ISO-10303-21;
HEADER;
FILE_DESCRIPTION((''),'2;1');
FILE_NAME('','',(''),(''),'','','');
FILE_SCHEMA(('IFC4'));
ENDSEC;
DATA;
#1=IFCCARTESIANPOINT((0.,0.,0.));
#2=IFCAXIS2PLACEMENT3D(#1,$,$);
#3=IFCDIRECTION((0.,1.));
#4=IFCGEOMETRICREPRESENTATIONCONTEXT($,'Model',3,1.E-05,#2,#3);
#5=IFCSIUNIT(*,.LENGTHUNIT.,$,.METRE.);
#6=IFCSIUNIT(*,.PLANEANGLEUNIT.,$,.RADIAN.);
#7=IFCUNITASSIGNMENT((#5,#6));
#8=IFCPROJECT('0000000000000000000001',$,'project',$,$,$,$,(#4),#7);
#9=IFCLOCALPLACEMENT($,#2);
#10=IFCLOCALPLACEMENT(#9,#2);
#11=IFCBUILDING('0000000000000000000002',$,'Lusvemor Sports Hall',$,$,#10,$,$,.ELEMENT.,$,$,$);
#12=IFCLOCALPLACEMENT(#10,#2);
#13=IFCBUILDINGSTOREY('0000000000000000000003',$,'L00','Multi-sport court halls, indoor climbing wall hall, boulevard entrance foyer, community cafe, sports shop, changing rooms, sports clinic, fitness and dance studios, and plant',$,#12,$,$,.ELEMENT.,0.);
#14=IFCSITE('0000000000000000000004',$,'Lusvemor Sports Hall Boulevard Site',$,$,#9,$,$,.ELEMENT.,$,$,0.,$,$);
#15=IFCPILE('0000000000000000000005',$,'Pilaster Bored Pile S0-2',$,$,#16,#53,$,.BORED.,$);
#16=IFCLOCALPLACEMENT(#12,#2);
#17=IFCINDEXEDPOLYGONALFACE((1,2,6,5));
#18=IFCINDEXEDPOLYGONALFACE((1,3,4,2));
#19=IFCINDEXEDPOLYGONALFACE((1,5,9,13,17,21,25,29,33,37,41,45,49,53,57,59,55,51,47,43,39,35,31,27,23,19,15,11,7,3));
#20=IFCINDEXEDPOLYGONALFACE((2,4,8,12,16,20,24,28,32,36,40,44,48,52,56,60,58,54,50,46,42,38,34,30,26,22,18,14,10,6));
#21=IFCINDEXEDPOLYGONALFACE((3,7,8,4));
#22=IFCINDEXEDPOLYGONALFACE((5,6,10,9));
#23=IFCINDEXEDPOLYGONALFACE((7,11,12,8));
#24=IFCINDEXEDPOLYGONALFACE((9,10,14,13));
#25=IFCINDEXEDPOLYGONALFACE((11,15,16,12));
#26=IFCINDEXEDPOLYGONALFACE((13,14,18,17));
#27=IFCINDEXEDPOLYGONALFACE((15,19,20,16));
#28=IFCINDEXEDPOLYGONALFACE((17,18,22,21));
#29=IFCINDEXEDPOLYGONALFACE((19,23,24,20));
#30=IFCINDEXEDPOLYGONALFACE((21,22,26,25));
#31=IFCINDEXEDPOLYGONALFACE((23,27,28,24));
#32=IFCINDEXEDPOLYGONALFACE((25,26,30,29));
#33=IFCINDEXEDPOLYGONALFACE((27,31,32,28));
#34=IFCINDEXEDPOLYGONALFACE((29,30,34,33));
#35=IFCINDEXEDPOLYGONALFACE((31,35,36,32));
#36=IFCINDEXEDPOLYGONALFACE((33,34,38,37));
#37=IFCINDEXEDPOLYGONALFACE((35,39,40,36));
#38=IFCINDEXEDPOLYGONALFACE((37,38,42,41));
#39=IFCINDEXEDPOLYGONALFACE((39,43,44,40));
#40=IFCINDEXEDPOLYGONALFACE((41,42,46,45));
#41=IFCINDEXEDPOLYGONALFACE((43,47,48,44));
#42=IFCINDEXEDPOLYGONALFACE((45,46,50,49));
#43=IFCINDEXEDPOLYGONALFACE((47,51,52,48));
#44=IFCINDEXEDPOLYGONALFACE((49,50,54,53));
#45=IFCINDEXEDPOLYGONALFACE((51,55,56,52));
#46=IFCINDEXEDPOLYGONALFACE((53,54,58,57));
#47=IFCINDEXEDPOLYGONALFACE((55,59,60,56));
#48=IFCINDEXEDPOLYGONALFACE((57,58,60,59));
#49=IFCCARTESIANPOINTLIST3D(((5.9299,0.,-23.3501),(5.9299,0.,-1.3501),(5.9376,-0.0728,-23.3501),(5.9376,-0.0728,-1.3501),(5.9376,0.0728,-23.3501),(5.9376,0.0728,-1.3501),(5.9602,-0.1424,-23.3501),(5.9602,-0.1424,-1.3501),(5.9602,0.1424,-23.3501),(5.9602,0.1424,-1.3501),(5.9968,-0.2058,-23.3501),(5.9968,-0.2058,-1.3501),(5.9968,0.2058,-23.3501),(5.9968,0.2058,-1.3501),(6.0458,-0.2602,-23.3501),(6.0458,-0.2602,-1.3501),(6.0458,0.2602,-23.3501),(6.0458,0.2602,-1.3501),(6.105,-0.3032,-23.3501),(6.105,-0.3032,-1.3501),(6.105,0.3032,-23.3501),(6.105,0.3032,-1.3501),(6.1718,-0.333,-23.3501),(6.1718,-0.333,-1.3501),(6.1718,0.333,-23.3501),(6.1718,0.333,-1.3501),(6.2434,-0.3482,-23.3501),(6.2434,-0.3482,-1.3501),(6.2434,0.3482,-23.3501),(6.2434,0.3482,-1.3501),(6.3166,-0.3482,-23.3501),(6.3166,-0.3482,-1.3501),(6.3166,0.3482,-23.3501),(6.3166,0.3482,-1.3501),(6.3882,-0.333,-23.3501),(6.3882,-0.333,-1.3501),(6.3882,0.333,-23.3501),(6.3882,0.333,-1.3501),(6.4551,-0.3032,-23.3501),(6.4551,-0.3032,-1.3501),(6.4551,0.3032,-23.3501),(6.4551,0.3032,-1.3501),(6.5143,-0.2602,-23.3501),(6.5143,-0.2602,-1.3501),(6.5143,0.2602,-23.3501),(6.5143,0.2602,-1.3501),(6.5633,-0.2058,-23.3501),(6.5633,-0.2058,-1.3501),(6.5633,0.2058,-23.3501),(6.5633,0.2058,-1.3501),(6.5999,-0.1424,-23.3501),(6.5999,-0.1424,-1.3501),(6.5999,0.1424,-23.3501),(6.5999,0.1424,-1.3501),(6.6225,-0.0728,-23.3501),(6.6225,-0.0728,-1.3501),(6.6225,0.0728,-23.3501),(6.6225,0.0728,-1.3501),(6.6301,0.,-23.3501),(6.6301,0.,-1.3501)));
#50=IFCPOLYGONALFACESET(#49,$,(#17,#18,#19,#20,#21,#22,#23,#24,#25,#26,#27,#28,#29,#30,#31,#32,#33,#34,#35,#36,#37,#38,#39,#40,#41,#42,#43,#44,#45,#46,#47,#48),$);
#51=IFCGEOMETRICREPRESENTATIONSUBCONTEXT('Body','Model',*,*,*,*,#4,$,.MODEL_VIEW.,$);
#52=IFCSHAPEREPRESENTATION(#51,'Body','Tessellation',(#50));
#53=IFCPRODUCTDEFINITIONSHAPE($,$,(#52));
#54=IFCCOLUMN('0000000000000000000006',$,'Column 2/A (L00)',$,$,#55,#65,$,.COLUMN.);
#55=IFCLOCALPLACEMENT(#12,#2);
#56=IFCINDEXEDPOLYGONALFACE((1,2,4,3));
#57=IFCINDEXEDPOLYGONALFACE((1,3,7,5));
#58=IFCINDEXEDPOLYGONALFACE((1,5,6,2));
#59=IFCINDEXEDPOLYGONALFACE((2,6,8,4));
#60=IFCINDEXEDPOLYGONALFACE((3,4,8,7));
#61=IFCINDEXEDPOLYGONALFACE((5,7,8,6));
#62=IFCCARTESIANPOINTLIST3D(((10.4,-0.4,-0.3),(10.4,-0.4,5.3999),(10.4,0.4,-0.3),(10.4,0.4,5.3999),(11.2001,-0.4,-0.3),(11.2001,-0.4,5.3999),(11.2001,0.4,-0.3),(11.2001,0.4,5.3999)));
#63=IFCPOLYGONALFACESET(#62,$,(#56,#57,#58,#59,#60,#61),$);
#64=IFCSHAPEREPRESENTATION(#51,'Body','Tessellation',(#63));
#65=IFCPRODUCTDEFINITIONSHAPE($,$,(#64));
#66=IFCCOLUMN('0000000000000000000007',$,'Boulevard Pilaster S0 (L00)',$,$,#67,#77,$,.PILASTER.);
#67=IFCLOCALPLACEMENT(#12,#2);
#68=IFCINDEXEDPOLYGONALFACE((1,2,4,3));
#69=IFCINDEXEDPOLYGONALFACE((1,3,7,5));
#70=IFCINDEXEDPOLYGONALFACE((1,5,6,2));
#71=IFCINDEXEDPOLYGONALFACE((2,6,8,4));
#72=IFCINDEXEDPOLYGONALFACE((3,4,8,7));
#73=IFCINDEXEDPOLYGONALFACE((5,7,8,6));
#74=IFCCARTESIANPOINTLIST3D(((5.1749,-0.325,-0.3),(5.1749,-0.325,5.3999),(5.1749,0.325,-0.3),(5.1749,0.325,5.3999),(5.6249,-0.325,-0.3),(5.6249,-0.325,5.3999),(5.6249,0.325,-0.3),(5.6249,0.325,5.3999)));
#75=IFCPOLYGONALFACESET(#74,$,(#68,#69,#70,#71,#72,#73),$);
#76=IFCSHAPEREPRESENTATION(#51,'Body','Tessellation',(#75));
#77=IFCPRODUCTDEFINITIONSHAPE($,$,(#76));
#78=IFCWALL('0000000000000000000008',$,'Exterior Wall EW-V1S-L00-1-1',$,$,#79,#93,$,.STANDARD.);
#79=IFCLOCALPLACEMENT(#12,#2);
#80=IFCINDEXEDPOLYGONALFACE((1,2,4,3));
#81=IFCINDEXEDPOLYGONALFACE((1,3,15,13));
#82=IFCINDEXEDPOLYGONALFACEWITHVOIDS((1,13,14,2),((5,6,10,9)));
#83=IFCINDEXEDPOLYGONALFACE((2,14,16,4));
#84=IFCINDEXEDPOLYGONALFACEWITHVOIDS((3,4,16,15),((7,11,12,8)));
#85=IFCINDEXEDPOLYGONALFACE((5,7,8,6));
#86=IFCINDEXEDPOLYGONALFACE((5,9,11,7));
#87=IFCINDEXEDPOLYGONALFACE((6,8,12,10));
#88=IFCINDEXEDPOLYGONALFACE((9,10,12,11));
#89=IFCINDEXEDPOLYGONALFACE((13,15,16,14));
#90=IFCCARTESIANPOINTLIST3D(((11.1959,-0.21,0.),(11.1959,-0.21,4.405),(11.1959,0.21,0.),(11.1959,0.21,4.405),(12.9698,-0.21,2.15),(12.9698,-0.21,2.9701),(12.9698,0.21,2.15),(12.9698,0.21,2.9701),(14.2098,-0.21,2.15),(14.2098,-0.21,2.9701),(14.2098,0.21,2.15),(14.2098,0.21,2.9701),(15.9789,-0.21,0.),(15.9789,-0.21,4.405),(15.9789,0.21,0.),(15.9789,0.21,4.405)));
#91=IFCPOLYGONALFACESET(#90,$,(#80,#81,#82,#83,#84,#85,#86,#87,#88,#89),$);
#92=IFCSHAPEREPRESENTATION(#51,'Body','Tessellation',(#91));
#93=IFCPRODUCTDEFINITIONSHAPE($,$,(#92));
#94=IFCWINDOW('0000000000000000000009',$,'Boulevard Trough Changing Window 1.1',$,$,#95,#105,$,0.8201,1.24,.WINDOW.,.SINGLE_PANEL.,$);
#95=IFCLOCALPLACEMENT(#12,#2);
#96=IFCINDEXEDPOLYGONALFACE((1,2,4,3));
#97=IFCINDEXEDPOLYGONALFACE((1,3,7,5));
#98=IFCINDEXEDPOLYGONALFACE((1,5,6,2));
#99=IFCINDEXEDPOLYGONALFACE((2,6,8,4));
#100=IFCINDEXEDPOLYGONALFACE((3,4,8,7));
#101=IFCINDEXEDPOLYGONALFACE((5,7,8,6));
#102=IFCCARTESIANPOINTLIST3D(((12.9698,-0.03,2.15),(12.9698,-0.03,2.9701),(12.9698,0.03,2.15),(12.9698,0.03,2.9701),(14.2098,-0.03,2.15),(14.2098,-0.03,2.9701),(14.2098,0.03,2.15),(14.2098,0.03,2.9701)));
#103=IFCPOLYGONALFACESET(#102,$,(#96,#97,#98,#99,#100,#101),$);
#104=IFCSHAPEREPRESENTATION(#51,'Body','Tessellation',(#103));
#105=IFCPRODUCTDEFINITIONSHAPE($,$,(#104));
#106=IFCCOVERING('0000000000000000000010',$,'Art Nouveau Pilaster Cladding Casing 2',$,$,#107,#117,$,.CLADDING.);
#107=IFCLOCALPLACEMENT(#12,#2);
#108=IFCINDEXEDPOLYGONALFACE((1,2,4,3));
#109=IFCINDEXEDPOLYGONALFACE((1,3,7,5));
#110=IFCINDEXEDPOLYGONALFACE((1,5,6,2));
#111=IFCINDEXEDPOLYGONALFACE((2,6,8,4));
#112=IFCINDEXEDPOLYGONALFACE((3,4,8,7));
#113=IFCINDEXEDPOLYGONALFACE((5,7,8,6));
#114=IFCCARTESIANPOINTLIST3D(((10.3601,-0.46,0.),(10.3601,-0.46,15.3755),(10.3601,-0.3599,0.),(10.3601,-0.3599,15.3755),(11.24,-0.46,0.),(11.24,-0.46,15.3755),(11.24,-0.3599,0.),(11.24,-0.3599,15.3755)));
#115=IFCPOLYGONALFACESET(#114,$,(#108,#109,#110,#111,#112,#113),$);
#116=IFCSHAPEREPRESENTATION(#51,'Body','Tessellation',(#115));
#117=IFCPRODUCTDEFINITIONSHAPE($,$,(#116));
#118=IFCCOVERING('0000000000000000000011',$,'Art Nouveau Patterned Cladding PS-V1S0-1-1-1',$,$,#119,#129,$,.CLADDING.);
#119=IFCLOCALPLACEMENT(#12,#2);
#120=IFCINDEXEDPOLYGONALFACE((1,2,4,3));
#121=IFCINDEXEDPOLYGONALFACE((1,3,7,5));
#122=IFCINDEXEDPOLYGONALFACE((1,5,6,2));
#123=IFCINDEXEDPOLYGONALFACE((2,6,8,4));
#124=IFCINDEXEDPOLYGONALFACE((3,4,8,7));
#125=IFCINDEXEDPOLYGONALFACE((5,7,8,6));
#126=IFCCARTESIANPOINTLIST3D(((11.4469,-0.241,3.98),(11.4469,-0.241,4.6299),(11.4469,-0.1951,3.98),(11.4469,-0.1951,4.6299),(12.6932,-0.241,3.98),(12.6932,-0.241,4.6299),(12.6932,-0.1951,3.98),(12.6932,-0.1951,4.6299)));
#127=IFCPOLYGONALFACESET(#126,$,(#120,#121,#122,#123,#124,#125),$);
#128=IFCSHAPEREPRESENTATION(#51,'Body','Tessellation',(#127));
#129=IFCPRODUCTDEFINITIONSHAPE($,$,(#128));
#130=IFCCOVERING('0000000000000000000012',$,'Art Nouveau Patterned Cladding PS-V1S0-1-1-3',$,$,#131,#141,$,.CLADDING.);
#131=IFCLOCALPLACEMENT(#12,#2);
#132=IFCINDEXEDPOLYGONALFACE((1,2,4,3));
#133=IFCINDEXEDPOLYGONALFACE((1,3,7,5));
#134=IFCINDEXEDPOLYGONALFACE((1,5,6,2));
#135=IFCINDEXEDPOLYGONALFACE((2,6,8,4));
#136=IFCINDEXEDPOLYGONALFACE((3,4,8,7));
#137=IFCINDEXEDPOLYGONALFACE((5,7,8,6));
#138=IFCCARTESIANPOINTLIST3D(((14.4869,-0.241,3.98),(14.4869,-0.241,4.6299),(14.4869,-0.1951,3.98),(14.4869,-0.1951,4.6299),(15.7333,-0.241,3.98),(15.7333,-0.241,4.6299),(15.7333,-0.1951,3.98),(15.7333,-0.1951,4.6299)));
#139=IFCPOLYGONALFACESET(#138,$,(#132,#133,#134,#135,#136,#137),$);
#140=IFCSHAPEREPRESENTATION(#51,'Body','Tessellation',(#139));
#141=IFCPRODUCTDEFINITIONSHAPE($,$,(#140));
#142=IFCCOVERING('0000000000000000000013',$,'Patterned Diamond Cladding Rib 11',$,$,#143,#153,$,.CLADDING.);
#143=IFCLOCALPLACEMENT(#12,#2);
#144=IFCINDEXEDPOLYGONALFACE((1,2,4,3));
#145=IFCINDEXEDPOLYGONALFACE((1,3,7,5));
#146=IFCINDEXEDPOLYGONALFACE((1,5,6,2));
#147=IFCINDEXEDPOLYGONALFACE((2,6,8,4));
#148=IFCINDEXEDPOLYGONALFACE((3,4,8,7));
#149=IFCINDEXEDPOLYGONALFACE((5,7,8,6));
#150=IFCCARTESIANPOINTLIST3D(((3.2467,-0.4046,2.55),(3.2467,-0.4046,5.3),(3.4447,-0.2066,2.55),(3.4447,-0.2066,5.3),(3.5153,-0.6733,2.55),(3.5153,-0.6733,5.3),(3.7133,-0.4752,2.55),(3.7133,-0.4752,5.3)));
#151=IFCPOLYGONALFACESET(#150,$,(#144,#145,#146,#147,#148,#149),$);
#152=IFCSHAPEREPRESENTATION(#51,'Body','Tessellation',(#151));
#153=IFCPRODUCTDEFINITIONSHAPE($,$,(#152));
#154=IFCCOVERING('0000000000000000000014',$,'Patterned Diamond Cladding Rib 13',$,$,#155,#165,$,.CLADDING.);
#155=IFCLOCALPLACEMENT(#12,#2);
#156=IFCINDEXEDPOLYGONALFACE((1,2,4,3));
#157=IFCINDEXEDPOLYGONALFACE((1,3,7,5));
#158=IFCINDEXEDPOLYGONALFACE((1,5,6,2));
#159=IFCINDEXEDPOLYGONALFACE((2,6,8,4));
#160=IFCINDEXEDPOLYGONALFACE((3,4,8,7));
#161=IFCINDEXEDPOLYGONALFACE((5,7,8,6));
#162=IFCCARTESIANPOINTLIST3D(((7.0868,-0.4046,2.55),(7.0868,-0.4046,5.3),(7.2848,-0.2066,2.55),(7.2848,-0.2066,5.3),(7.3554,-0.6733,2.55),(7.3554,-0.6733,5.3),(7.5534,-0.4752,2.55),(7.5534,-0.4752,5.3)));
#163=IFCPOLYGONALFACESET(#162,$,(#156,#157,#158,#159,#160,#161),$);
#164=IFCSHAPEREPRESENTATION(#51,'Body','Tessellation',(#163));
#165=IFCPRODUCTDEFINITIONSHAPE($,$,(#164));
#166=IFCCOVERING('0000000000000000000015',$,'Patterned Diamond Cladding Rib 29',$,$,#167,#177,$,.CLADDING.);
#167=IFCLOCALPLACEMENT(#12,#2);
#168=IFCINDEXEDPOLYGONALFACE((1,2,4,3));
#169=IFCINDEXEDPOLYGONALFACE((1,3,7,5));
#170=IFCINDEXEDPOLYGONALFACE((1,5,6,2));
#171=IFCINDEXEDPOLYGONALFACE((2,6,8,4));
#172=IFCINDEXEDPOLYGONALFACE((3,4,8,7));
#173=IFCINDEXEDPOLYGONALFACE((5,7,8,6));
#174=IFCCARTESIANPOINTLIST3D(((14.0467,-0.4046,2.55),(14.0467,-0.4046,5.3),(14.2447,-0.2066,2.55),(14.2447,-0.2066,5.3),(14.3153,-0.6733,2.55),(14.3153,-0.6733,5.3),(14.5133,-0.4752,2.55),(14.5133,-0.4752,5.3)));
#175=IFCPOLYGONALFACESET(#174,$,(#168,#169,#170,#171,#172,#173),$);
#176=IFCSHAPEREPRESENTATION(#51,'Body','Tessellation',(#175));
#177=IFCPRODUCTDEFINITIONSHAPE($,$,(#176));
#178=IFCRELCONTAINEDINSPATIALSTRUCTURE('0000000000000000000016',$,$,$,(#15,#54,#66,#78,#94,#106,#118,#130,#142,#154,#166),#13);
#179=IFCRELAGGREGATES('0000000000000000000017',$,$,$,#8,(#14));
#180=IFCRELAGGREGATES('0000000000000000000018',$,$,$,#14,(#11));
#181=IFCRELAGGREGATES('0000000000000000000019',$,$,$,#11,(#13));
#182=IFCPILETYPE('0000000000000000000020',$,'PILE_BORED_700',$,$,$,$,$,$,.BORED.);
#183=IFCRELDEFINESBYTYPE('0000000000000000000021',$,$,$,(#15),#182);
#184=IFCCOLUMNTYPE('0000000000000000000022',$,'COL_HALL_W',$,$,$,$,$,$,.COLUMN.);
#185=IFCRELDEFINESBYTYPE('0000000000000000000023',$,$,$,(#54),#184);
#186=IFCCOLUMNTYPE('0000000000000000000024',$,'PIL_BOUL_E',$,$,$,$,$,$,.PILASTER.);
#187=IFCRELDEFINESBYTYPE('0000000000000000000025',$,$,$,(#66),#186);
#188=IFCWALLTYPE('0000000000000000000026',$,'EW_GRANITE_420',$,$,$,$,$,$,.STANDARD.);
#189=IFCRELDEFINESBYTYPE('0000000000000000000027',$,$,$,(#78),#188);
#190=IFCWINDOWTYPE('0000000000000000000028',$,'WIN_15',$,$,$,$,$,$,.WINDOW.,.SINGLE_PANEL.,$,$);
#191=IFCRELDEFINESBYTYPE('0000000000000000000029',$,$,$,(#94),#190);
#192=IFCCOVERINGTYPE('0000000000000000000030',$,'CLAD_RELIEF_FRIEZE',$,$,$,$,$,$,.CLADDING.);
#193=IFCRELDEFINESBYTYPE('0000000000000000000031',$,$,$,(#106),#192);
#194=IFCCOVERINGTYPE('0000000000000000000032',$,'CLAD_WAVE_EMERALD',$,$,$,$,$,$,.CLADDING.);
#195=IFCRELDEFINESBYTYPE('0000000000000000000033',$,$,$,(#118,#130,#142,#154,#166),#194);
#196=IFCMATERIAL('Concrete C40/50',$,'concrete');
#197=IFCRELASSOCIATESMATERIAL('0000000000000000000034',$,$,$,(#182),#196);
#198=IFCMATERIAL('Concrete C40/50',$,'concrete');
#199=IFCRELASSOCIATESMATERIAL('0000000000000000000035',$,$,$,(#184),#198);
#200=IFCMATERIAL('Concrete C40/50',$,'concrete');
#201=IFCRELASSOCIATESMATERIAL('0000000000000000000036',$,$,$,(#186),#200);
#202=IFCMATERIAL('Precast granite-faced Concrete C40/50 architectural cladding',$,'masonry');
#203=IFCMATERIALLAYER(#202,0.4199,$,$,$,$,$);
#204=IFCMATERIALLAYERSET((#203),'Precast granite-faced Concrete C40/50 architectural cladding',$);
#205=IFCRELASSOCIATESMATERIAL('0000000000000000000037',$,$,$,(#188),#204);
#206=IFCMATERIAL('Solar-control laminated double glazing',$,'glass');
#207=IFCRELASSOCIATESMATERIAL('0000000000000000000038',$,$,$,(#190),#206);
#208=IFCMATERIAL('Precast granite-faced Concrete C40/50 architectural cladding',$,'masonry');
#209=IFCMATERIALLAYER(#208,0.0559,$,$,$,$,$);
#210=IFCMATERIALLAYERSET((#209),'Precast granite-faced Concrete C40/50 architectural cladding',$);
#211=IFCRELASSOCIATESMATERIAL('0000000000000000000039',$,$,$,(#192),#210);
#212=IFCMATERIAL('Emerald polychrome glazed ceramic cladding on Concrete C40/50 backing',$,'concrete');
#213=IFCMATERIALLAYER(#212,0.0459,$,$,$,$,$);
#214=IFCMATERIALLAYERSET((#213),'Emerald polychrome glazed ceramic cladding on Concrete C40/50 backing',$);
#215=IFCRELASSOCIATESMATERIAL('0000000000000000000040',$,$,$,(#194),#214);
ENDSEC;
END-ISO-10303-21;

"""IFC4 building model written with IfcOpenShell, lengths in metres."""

from ifc_helpers import new_model, si_unit, direction, frame, frame_2d, origin, origin_2d, place, context, subcontext, project, spatial, rectangle, circle, extrude, material, layer, layer_set, material_profile, profile_set, type_object, element, fill, save


model = new_model("IFC4")

# Units and contexts
model_context = context("Model", 3, precision=1e-05, world=origin(), true_north=direction((0.0, 1.0)))
body_context = subcontext(model_context, "Body", "Model", "MODEL_VIEW")
ifc_project = project(units=[si_unit("LENGTHUNIT", "METRE"), si_unit("PLANEANGLEUNIT", "RADIAN")], contexts=[model_context])

# Site, building, storey
site_placement = place(None, origin())
site = spatial("IfcSite", under=ifc_project, at=site_placement, Name="Lusvemor Sports Hall Boulevard Site", CompositionType="ELEMENT", RefElevation=0.0)
building_placement = place(site_placement, origin())
building = spatial("IfcBuilding", under=site, at=building_placement, Name="Lusvemor Sports Hall", CompositionType="ELEMENT")
storey_placement = place(building_placement, origin())
storey = spatial("IfcBuildingStorey", under=building, at=storey_placement, Name="L00", Description="Multi-sport court halls, indoor climbing wall hall, boulevard entrance foyer, community cafe, sports shop, changing rooms, sports clinic, fitness and dance studios, and plant", CompositionType="ELEMENT", Elevation=0.0)

# Pile
ifc_material_1 = material(Name="Concrete C40/50", Category="concrete")
ifc_material_profile_1 = material_profile(ifc_material_1, circle(Radius=0.3501, at=origin_2d()), Name="PILE700")
ifc_profile_set_1 = profile_set([ifc_material_profile_1], Name="Concrete C40/50")
pile_type = type_object("IfcPileType", Name="PILE_BORED_700", PredefinedType="BORED", material=ifc_profile_set_1)
for number, where, z_axis, x_axis, name in (
    (1, (6.28, 0.0, -1.3501), (0.0, 0.0, -1.0), (1.0, 0.0, 0.0), "Pilaster Bored Pile S0-2"),
):
    element("IfcPile", number, at=place(storey_placement, frame(where, z_axis=z_axis, x_axis=x_axis)), inside=storey, type_object=pile_type, Name=name, PredefinedType="BORED", context=body_context, shape_type="SweptSolid", body=[
        extrude(circle(Radius=0.3501, at=origin_2d()), origin(), (0.0, 0.0, 1.0), 22.0),
    ])

# Columns
ifc_material_2 = material(Name="Concrete C40/50", Category="concrete")
ifc_material_profile_2 = material_profile(ifc_material_2, rectangle(XDim=0.8, YDim=0.8, at=origin_2d()), Name="RC800x800")
ifc_profile_set_2 = profile_set([ifc_material_profile_2], Name="Concrete C40/50")
column_type_1 = type_object("IfcColumnType", Name="COL_HALL_W", PredefinedType="COLUMN", material=ifc_profile_set_2)
column_1_placement = place(storey_placement, frame((10.8, 0.0, -0.3), z_axis=(0.0, 0.0, 1.0), x_axis=(1.0, 0.0, 0.0)))
element("IfcColumn", 2, at=column_1_placement, inside=storey, type_object=column_type_1, Name="Column 2/A (L00)", PredefinedType="COLUMN", context=body_context, shape_type="SweptSolid", body=[
    extrude(rectangle(XDim=0.8, YDim=0.8, at=origin_2d()), origin(), (0.0, 0.0, 1.0), 5.7),
])
ifc_material_3 = material(Name="Concrete C40/50", Category="concrete")
ifc_material_profile_3 = material_profile(ifc_material_3, rectangle(XDim=0.45, YDim=0.6499, at=origin_2d()), Name="RC450x650")
ifc_profile_set_3 = profile_set([ifc_material_profile_3], Name="Concrete C40/50")
column_type_2 = type_object("IfcColumnType", Name="PIL_BOUL_E", PredefinedType="PILASTER", material=ifc_profile_set_3)
column_2_placement = place(storey_placement, frame((5.3999, 0.0, -0.3), z_axis=(0.0, 0.0, 1.0), x_axis=(1.0, 0.0, 0.0)))
element("IfcColumn", 3, at=column_2_placement, inside=storey, type_object=column_type_2, Name="Boulevard Pilaster S0 (L00)", PredefinedType="PILASTER", context=body_context, shape_type="SweptSolid", body=[
    extrude(rectangle(XDim=0.45, YDim=0.6499, at=origin_2d()), origin(), (0.0, 0.0, 1.0), 5.7),
])

# Wall, opening, window
ifc_material_4 = material(Name="Precast granite-faced Concrete C40/50 architectural cladding", Category="masonry")
ifc_layer_1 = layer(ifc_material_4, 0.4199)
ifc_layer_set_1 = layer_set([ifc_layer_1], Name="Precast granite-faced Concrete C40/50 architectural cladding")
wall_type_1 = type_object("IfcWallType", Name="EW_GRANITE_420", PredefinedType="STANDARD", material=ifc_layer_set_1)
wall_1_placement = place(storey_placement, frame((15.979, 0.0, 0.0), z_axis=(0.0, 0.0, 1.0), x_axis=(-1.0, 0.0, 0.0)))
wall_1 = element("IfcWall", 4, at=wall_1_placement, inside=storey, type_object=wall_type_1, Name="Exterior Wall EW-V1S-L00-1-1", PredefinedType="STANDARD", context=body_context, shape_type="SweptSolid", body=[
    extrude(rectangle(XDim=4.783, YDim=0.4199, at=frame_2d((2.3916, 0.0))), origin(), (0.0, 0.0, 1.0), 4.405),
])
opening_1_placement = place(wall_1_placement, frame((1.769, 0.0, 2.1499)))
opening_1 = element("IfcOpeningElement", 5, at=opening_1_placement, cuts=wall_1, PredefinedType="OPENING", context=body_context, shape_type="SweptSolid", body=[
    extrude(rectangle(XDim=1.24, YDim=0.8201, at=frame_2d((0.6201, 0.4102))), frame((0.0, 0.21, 0.0), z_axis=(0.0, -1.0, 0.0), x_axis=(1.0, 0.0, 0.0)), (0.0, 0.0, 1.0), 0.4199),
])
ifc_material_5 = material(Name="Solar-control laminated double glazing", Category="glass")
window_type = type_object("IfcWindowType", Name="WIN_15", PartitioningType="SINGLE_PANEL", PredefinedType="WINDOW", material=ifc_material_5)
window_placement = place(opening_1_placement, origin())
window = element("IfcWindow", 6, at=window_placement, inside=storey, type_object=window_type, Name="Boulevard Trough Changing Window 1.1", OverallHeight=0.8201, OverallWidth=1.24, PartitioningType="SINGLE_PANEL", PredefinedType="WINDOW", context=body_context, shape_type="SweptSolid", body=[
    extrude(rectangle(XDim=1.24, YDim=0.8201, at=frame_2d((0.6201, 0.4102))), frame((0.0, 0.03, 0.0), z_axis=(0.0, -1.0, 0.0), x_axis=(1.0, 0.0, 0.0)), (0.0, 0.0, 1.0), 0.0601),
])
fill(opening_1, window)

# Coverings
ifc_material_6 = material(Name="Precast granite-faced Concrete C40/50 architectural cladding", Category="masonry")
ifc_layer_2 = layer(ifc_material_6, 0.0559)
ifc_layer_set_2 = layer_set([ifc_layer_2], Name="Precast granite-faced Concrete C40/50 architectural cladding")
covering_type_1 = type_object("IfcCoveringType", Name="CLAD_RELIEF_FRIEZE", PredefinedType="CLADDING", material=ifc_layer_set_2)
covering_1_placement = place(storey_placement, frame((10.8, -0.4099, 0.0), z_axis=(0.0, 0.0, 1.0), x_axis=(1.0, 0.0, 0.0)))
element("IfcCovering", 7, at=covering_1_placement, inside=storey, type_object=covering_type_1, Name="Art Nouveau Pilaster Cladding Casing 2", PredefinedType="CLADDING", context=body_context, shape_type="SweptSolid", body=[
    extrude(rectangle(XDim=0.8799, YDim=0.1001, at=origin_2d()), origin(), (0.0, 0.0, 1.0), 15.3755),
])
ifc_material_7 = material(Name="Emerald polychrome glazed ceramic cladding on Concrete C40/50 backing", Category="concrete")
ifc_layer_3 = layer(ifc_material_7, 0.0459)
ifc_layer_set_3 = layer_set([ifc_layer_3], Name="Emerald polychrome glazed ceramic cladding on Concrete C40/50 backing")
covering_type_2 = type_object("IfcCoveringType", Name="CLAD_WAVE_EMERALD", PredefinedType="CLADDING", material=ifc_layer_set_3)
for number, where, z_axis, x_axis, name in (
    (8, (12.0701, -0.218, 3.98), (0.0, 0.0, 1.0), (1.0, 0.0, 0.0), "Art Nouveau Patterned Cladding PS-V1S0-1-1-1"),
    (9, (15.1101, -0.218, 3.98), (0.0, 0.0, 1.0), (1.0, 0.0, 0.0), "Art Nouveau Patterned Cladding PS-V1S0-1-1-3"),
):
    element("IfcCovering", number, at=place(storey_placement, frame(where, z_axis=z_axis, x_axis=x_axis)), inside=storey, type_object=covering_type_2, Name=name, PredefinedType="CLADDING", context=body_context, shape_type="SweptSolid", body=[
        extrude(rectangle(XDim=1.2463, YDim=0.0459, at=origin_2d()), origin(), (0.0, 0.0, 1.0), 0.6499),
    ])
for number, where, z_axis, x_axis, name in (
    (10, (3.48, -0.4399, 2.55), (0.0, 0.0, 1.0), (0.707107, 0.707107, 0.0), "Patterned Diamond Cladding Rib 11"),
    (11, (7.3201, -0.4399, 2.55), (0.0, 0.0, 1.0), (0.707107, 0.707107, 0.0), "Patterned Diamond Cladding Rib 13"),
    (12, (14.28, -0.4399, 2.55), (0.0, 0.0, 1.0), (0.707107, 0.707107, 0.0), "Patterned Diamond Cladding Rib 29"),
):
    element("IfcCovering", number, at=place(storey_placement, frame(where, z_axis=z_axis, x_axis=x_axis)), inside=storey, type_object=covering_type_2, Name=name, PredefinedType="CLADDING", context=body_context, shape_type="SweptSolid", body=[
        extrude(rectangle(XDim=0.28, YDim=0.3799, at=origin_2d()), origin(), (0.0, 0.0, 1.0), 2.75),
    ])

save(model, "model.ifc")
